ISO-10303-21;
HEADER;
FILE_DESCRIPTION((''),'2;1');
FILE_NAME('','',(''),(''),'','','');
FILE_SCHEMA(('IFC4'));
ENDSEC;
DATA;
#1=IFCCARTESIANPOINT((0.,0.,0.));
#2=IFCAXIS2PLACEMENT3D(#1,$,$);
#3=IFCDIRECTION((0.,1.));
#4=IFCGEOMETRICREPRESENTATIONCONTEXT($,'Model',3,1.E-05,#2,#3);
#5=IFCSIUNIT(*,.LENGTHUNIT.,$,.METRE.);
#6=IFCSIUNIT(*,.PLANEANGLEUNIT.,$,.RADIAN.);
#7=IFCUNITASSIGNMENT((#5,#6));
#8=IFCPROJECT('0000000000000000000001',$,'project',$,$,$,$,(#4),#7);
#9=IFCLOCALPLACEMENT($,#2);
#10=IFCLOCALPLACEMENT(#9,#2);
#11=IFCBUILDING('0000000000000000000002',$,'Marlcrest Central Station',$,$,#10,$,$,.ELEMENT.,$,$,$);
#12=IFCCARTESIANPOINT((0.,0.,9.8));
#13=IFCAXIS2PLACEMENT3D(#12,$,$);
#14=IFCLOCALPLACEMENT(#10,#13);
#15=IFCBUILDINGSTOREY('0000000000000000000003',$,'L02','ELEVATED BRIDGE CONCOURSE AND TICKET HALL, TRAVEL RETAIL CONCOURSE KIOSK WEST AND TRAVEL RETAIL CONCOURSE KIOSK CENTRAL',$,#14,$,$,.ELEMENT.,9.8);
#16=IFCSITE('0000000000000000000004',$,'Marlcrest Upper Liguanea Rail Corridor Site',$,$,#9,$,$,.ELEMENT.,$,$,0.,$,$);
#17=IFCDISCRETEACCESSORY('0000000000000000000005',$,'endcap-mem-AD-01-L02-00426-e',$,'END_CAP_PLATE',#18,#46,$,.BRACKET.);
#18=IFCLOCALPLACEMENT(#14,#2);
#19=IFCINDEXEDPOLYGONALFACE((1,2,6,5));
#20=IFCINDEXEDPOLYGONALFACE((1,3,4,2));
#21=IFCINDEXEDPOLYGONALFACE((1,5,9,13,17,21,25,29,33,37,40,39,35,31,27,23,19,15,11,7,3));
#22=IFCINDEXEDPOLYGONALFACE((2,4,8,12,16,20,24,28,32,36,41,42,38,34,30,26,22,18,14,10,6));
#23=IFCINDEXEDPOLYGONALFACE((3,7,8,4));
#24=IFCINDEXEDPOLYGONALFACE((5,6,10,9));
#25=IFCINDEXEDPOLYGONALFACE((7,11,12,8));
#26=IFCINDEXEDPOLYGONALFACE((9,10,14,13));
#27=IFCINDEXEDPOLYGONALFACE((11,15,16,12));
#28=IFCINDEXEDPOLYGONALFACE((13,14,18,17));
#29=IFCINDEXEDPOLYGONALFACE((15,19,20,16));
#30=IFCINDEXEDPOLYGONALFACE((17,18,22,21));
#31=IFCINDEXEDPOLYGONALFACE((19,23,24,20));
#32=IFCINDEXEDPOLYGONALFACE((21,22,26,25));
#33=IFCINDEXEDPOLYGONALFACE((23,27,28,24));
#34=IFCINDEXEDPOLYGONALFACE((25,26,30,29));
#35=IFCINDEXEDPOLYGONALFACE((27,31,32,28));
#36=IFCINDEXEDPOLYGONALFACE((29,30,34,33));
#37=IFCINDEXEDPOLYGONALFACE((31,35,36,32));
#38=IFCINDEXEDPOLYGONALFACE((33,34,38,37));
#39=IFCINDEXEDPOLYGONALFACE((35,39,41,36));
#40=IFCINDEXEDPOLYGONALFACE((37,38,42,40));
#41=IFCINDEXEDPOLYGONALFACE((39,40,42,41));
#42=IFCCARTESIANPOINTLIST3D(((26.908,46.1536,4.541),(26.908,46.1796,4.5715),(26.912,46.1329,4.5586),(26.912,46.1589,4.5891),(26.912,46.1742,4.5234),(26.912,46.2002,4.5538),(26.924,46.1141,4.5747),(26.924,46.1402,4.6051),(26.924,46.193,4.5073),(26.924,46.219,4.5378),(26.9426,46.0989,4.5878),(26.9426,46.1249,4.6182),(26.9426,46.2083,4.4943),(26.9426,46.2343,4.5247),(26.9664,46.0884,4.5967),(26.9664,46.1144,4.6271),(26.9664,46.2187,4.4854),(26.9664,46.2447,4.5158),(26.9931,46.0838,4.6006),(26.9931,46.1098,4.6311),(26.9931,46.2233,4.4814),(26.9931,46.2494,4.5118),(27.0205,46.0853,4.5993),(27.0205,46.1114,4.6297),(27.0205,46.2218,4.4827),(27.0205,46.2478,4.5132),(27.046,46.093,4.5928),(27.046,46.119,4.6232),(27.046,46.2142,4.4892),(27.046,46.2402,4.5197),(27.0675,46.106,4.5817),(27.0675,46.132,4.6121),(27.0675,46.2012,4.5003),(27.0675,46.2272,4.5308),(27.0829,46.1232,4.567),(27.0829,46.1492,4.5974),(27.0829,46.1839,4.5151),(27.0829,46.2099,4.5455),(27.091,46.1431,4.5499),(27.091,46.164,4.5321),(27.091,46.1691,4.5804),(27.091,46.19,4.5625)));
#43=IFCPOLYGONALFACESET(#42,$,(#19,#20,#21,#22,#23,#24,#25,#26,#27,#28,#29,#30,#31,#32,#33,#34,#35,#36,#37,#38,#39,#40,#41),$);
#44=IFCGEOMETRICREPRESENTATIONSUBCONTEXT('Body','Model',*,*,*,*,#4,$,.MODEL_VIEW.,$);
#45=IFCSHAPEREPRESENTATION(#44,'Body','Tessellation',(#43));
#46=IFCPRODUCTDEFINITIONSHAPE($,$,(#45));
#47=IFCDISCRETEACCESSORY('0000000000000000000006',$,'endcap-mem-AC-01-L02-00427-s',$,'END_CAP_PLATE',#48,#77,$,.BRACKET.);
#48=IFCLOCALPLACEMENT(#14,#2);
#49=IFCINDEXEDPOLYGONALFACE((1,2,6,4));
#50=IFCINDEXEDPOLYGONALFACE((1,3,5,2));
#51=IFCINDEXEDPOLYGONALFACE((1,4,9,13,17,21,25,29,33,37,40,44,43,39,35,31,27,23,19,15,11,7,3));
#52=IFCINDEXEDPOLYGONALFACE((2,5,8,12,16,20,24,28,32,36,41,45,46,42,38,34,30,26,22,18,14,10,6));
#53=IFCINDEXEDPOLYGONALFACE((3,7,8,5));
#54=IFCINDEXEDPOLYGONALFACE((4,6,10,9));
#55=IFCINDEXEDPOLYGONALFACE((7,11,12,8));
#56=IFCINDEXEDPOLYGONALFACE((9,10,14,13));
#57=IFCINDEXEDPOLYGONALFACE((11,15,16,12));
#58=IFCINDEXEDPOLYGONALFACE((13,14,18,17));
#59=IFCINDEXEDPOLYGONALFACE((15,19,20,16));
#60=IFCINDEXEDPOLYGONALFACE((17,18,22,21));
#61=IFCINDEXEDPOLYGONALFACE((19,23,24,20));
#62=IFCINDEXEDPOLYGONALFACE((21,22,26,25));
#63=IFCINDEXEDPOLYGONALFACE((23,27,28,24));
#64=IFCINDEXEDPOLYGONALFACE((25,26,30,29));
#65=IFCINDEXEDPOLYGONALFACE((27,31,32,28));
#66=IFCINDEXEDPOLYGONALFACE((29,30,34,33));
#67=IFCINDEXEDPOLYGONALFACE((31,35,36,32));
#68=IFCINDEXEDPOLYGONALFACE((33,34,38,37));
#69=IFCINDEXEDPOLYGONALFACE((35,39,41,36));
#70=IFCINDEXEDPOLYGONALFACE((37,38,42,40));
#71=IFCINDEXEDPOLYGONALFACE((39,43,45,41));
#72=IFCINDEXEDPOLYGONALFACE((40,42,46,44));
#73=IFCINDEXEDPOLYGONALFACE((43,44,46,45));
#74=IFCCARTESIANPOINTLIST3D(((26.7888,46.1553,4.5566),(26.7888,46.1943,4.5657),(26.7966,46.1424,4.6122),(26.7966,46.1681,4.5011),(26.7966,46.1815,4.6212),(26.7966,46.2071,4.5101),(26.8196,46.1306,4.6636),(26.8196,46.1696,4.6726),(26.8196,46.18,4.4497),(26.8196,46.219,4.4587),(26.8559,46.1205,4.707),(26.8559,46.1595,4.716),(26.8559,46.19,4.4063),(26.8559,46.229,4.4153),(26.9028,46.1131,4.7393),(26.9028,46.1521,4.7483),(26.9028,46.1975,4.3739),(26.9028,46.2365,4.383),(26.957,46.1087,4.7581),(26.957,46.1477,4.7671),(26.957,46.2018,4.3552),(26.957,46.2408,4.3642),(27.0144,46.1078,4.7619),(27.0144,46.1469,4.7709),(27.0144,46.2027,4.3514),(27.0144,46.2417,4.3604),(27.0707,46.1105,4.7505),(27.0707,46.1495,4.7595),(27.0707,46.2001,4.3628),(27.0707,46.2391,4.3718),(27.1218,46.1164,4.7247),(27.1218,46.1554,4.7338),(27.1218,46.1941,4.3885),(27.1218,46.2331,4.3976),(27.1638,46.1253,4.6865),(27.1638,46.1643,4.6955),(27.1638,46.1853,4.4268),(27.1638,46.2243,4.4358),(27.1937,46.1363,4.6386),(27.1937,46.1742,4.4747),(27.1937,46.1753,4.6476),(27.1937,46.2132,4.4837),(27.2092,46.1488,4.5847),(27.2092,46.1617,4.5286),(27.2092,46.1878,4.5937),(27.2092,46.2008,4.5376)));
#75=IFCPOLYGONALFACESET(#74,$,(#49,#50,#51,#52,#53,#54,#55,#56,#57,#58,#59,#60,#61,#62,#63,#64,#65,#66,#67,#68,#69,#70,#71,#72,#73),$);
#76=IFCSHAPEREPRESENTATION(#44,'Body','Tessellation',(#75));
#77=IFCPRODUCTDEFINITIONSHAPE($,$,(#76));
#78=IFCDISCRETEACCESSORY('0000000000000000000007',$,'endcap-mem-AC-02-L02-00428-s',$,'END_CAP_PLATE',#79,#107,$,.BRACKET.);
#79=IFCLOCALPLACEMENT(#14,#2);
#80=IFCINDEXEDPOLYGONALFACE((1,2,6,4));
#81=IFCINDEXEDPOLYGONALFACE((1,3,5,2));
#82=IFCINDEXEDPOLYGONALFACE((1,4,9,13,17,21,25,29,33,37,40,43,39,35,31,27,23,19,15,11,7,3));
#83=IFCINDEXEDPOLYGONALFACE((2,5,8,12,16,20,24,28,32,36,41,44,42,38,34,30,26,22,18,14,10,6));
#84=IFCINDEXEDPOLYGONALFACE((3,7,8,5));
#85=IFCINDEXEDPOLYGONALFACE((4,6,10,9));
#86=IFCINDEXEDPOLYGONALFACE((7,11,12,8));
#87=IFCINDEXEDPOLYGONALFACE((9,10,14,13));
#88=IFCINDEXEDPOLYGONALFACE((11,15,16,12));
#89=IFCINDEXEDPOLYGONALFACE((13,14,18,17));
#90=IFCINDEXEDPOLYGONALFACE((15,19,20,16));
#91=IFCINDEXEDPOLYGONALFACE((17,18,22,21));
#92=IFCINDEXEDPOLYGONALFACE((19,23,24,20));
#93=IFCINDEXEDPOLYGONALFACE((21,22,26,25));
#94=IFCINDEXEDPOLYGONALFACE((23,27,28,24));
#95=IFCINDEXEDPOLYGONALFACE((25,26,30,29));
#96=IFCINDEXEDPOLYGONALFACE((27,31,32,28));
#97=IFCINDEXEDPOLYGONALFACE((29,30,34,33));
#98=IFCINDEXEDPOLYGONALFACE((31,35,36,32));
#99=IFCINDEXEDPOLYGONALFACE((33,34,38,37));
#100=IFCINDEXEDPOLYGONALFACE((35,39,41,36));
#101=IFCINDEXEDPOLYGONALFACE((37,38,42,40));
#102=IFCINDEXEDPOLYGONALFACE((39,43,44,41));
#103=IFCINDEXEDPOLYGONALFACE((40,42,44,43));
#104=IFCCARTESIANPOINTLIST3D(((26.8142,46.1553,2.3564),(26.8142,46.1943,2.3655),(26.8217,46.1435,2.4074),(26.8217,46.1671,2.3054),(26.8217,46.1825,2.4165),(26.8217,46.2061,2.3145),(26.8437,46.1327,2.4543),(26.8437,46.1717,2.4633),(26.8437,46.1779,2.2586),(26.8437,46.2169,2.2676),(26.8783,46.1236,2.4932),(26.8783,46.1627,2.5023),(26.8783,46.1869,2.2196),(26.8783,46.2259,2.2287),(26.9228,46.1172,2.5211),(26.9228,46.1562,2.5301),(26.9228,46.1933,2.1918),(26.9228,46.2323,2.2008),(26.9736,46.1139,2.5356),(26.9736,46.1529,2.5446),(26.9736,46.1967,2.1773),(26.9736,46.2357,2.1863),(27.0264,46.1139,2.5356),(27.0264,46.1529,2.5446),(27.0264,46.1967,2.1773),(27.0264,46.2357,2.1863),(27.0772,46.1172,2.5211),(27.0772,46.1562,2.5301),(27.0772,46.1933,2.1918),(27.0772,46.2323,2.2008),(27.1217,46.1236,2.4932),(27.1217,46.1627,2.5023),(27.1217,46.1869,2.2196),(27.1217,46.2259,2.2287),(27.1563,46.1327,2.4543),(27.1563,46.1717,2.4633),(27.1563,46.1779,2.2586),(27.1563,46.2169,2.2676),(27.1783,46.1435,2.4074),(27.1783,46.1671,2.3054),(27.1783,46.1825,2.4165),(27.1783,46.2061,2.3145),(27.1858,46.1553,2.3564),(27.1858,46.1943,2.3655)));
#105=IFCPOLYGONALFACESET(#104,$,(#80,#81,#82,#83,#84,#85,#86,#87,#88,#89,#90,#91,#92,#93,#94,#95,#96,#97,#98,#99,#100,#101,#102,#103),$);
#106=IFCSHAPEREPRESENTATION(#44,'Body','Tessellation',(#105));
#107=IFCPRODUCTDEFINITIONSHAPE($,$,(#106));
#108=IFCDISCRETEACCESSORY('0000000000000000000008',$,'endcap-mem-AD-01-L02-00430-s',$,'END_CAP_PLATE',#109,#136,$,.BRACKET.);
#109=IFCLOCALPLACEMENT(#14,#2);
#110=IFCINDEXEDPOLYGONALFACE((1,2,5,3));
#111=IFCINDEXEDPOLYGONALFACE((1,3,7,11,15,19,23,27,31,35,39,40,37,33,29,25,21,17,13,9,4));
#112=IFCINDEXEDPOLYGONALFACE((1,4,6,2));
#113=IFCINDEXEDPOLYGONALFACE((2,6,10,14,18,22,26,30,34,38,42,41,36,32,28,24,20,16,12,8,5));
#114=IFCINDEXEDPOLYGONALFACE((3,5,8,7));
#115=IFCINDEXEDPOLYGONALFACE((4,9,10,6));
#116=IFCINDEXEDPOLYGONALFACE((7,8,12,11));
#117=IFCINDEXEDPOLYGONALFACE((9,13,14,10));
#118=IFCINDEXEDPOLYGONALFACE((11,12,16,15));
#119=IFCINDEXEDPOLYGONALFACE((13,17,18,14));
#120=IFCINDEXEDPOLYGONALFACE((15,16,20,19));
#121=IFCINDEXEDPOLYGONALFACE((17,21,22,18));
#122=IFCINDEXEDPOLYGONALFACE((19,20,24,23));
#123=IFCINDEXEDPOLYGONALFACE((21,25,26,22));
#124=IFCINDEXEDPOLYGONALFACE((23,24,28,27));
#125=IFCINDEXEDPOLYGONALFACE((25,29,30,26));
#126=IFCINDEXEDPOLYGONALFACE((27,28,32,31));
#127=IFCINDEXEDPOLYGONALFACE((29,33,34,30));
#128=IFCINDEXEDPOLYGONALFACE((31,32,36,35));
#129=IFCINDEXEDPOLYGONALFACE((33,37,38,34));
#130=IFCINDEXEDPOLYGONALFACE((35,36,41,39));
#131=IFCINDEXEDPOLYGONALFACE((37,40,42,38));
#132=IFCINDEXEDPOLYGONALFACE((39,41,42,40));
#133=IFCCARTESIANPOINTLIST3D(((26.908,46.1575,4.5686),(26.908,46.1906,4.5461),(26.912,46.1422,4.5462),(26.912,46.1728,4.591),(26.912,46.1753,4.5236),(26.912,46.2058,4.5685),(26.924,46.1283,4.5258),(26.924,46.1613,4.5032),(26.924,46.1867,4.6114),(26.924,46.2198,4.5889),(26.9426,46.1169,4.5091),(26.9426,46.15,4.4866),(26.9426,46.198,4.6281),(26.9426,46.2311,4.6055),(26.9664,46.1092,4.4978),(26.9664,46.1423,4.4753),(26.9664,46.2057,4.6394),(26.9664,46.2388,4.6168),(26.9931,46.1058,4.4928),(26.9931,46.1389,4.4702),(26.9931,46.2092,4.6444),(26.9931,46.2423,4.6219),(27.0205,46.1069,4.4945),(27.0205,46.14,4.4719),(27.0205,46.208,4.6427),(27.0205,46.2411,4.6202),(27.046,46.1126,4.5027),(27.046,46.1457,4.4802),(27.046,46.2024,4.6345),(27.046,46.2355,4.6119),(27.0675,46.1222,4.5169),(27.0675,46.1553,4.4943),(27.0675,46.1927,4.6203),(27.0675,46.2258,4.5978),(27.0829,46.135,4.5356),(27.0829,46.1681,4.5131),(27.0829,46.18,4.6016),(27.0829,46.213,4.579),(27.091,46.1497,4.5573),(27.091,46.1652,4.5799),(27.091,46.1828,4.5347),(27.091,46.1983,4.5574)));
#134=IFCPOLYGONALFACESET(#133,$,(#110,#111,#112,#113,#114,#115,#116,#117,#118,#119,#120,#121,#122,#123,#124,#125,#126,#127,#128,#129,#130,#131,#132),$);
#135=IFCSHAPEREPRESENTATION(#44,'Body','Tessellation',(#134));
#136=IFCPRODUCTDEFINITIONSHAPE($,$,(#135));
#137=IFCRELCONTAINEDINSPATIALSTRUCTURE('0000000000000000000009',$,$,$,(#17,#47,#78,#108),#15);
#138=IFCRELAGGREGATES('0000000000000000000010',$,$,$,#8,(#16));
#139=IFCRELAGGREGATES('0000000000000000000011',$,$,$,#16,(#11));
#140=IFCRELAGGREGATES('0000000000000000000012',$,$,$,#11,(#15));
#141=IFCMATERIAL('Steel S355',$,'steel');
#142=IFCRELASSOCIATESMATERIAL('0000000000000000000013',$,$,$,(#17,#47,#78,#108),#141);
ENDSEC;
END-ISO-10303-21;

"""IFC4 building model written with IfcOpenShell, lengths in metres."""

from ifc_helpers import new_model, si_unit, direction, frame, origin, origin_2d, place, context, subcontext, project, spatial, circle, extrude, material, element, save


model = new_model("IFC4")

# Units and contexts
model_context = context("Model", 3, precision=1e-05, world=origin(), true_north=direction((0.0, 1.0)))
body_context = subcontext(model_context, "Body", "Model", "MODEL_VIEW")
ifc_project = project(units=[si_unit("LENGTHUNIT", "METRE"), si_unit("PLANEANGLEUNIT", "RADIAN")], contexts=[model_context])

# Site, building, storey
site_placement = place(None, origin())
site = spatial("IfcSite", under=ifc_project, at=site_placement, Name="Marlcrest Upper Liguanea Rail Corridor Site", CompositionType="ELEMENT", RefElevation=0.0)
building_placement = place(site_placement, origin())
building = spatial("IfcBuilding", under=site, at=building_placement, Name="Marlcrest Central Station", CompositionType="ELEMENT")
storey_placement = place(building_placement, frame((0.0, 0.0, 9.8)))
storey = spatial("IfcBuildingStorey", under=building, at=storey_placement, Name="L02", Description="ELEVATED BRIDGE CONCOURSE AND TICKET HALL, TRAVEL RETAIL CONCOURSE KIOSK WEST AND TRAVEL RETAIL CONCOURSE KIOSK CENTRAL", CompositionType="ELEMENT", Elevation=9.8)

# Shared definitions
ifc_material_1 = material(Name="Steel S355", Category="steel")

# Discrete accessories
for number, where, z_axis, x_axis, name in (
    (1, (27.0, 46.1536, 4.541), (0.0, 0.649625, 0.760255), (-1.0, 0.0, 0.0), "endcap-mem-AD-01-L02-00426-e"),
):
    element("IfcDiscreteAccessory", number, at=place(storey_placement, frame(where, z_axis=z_axis, x_axis=x_axis)), inside=storey, material=ifc_material_1, Name=name, ObjectType="END_CAP_PLATE", PredefinedType="BRACKET", context=body_context, shape_type="SweptSolid", body=[
        extrude(circle(Radius=0.092, at=origin_2d()), origin(), (0.0, 0.0, 1.0), 0.04),
    ])
discrete_accessory_1_placement = place(storey_placement, frame((27.0, 46.1553, 4.5566), z_axis=(0.0, 0.97433, 0.225126), x_axis=(-1.0, 0.0, 0.0)))
element("IfcDiscreteAccessory", 2, at=discrete_accessory_1_placement, inside=storey, material=ifc_material_1, Name="endcap-mem-AC-01-L02-00427-s", ObjectType="END_CAP_PLATE", PredefinedType="BRACKET", context=body_context, shape_type="SweptSolid", body=[
    extrude(circle(Radius=0.2112, at=origin_2d()), origin(), (0.0, 0.0, 1.0), 0.04),
])
discrete_accessory_2_placement = place(storey_placement, frame((27.0, 46.1553, 2.3564), z_axis=(0.0, 0.974308, 0.22522), x_axis=(-1.0, 0.0, 0.0)))
element("IfcDiscreteAccessory", 3, at=discrete_accessory_2_placement, inside=storey, material=ifc_material_1, Name="endcap-mem-AC-02-L02-00428-s", ObjectType="END_CAP_PLATE", PredefinedType="BRACKET", context=body_context, shape_type="SweptSolid", body=[
    extrude(circle(Radius=0.1858, at=origin_2d()), origin(), (0.0, 0.0, 1.0), 0.04),
])
discrete_accessory_3_placement = place(storey_placement, frame((27.0, 46.1575, 4.5686), z_axis=(0.0, 0.826263, -0.563285), x_axis=(-1.0, 0.0, 0.0)))
element("IfcDiscreteAccessory", 4, at=discrete_accessory_3_placement, inside=storey, material=ifc_material_1, Name="endcap-mem-AD-01-L02-00430-s", ObjectType="END_CAP_PLATE", PredefinedType="BRACKET", context=body_context, shape_type="SweptSolid", body=[
    extrude(circle(Radius=0.092, at=origin_2d()), origin(), (0.0, 0.0, 1.0), 0.04),
])

save(model, "model.ifc")
